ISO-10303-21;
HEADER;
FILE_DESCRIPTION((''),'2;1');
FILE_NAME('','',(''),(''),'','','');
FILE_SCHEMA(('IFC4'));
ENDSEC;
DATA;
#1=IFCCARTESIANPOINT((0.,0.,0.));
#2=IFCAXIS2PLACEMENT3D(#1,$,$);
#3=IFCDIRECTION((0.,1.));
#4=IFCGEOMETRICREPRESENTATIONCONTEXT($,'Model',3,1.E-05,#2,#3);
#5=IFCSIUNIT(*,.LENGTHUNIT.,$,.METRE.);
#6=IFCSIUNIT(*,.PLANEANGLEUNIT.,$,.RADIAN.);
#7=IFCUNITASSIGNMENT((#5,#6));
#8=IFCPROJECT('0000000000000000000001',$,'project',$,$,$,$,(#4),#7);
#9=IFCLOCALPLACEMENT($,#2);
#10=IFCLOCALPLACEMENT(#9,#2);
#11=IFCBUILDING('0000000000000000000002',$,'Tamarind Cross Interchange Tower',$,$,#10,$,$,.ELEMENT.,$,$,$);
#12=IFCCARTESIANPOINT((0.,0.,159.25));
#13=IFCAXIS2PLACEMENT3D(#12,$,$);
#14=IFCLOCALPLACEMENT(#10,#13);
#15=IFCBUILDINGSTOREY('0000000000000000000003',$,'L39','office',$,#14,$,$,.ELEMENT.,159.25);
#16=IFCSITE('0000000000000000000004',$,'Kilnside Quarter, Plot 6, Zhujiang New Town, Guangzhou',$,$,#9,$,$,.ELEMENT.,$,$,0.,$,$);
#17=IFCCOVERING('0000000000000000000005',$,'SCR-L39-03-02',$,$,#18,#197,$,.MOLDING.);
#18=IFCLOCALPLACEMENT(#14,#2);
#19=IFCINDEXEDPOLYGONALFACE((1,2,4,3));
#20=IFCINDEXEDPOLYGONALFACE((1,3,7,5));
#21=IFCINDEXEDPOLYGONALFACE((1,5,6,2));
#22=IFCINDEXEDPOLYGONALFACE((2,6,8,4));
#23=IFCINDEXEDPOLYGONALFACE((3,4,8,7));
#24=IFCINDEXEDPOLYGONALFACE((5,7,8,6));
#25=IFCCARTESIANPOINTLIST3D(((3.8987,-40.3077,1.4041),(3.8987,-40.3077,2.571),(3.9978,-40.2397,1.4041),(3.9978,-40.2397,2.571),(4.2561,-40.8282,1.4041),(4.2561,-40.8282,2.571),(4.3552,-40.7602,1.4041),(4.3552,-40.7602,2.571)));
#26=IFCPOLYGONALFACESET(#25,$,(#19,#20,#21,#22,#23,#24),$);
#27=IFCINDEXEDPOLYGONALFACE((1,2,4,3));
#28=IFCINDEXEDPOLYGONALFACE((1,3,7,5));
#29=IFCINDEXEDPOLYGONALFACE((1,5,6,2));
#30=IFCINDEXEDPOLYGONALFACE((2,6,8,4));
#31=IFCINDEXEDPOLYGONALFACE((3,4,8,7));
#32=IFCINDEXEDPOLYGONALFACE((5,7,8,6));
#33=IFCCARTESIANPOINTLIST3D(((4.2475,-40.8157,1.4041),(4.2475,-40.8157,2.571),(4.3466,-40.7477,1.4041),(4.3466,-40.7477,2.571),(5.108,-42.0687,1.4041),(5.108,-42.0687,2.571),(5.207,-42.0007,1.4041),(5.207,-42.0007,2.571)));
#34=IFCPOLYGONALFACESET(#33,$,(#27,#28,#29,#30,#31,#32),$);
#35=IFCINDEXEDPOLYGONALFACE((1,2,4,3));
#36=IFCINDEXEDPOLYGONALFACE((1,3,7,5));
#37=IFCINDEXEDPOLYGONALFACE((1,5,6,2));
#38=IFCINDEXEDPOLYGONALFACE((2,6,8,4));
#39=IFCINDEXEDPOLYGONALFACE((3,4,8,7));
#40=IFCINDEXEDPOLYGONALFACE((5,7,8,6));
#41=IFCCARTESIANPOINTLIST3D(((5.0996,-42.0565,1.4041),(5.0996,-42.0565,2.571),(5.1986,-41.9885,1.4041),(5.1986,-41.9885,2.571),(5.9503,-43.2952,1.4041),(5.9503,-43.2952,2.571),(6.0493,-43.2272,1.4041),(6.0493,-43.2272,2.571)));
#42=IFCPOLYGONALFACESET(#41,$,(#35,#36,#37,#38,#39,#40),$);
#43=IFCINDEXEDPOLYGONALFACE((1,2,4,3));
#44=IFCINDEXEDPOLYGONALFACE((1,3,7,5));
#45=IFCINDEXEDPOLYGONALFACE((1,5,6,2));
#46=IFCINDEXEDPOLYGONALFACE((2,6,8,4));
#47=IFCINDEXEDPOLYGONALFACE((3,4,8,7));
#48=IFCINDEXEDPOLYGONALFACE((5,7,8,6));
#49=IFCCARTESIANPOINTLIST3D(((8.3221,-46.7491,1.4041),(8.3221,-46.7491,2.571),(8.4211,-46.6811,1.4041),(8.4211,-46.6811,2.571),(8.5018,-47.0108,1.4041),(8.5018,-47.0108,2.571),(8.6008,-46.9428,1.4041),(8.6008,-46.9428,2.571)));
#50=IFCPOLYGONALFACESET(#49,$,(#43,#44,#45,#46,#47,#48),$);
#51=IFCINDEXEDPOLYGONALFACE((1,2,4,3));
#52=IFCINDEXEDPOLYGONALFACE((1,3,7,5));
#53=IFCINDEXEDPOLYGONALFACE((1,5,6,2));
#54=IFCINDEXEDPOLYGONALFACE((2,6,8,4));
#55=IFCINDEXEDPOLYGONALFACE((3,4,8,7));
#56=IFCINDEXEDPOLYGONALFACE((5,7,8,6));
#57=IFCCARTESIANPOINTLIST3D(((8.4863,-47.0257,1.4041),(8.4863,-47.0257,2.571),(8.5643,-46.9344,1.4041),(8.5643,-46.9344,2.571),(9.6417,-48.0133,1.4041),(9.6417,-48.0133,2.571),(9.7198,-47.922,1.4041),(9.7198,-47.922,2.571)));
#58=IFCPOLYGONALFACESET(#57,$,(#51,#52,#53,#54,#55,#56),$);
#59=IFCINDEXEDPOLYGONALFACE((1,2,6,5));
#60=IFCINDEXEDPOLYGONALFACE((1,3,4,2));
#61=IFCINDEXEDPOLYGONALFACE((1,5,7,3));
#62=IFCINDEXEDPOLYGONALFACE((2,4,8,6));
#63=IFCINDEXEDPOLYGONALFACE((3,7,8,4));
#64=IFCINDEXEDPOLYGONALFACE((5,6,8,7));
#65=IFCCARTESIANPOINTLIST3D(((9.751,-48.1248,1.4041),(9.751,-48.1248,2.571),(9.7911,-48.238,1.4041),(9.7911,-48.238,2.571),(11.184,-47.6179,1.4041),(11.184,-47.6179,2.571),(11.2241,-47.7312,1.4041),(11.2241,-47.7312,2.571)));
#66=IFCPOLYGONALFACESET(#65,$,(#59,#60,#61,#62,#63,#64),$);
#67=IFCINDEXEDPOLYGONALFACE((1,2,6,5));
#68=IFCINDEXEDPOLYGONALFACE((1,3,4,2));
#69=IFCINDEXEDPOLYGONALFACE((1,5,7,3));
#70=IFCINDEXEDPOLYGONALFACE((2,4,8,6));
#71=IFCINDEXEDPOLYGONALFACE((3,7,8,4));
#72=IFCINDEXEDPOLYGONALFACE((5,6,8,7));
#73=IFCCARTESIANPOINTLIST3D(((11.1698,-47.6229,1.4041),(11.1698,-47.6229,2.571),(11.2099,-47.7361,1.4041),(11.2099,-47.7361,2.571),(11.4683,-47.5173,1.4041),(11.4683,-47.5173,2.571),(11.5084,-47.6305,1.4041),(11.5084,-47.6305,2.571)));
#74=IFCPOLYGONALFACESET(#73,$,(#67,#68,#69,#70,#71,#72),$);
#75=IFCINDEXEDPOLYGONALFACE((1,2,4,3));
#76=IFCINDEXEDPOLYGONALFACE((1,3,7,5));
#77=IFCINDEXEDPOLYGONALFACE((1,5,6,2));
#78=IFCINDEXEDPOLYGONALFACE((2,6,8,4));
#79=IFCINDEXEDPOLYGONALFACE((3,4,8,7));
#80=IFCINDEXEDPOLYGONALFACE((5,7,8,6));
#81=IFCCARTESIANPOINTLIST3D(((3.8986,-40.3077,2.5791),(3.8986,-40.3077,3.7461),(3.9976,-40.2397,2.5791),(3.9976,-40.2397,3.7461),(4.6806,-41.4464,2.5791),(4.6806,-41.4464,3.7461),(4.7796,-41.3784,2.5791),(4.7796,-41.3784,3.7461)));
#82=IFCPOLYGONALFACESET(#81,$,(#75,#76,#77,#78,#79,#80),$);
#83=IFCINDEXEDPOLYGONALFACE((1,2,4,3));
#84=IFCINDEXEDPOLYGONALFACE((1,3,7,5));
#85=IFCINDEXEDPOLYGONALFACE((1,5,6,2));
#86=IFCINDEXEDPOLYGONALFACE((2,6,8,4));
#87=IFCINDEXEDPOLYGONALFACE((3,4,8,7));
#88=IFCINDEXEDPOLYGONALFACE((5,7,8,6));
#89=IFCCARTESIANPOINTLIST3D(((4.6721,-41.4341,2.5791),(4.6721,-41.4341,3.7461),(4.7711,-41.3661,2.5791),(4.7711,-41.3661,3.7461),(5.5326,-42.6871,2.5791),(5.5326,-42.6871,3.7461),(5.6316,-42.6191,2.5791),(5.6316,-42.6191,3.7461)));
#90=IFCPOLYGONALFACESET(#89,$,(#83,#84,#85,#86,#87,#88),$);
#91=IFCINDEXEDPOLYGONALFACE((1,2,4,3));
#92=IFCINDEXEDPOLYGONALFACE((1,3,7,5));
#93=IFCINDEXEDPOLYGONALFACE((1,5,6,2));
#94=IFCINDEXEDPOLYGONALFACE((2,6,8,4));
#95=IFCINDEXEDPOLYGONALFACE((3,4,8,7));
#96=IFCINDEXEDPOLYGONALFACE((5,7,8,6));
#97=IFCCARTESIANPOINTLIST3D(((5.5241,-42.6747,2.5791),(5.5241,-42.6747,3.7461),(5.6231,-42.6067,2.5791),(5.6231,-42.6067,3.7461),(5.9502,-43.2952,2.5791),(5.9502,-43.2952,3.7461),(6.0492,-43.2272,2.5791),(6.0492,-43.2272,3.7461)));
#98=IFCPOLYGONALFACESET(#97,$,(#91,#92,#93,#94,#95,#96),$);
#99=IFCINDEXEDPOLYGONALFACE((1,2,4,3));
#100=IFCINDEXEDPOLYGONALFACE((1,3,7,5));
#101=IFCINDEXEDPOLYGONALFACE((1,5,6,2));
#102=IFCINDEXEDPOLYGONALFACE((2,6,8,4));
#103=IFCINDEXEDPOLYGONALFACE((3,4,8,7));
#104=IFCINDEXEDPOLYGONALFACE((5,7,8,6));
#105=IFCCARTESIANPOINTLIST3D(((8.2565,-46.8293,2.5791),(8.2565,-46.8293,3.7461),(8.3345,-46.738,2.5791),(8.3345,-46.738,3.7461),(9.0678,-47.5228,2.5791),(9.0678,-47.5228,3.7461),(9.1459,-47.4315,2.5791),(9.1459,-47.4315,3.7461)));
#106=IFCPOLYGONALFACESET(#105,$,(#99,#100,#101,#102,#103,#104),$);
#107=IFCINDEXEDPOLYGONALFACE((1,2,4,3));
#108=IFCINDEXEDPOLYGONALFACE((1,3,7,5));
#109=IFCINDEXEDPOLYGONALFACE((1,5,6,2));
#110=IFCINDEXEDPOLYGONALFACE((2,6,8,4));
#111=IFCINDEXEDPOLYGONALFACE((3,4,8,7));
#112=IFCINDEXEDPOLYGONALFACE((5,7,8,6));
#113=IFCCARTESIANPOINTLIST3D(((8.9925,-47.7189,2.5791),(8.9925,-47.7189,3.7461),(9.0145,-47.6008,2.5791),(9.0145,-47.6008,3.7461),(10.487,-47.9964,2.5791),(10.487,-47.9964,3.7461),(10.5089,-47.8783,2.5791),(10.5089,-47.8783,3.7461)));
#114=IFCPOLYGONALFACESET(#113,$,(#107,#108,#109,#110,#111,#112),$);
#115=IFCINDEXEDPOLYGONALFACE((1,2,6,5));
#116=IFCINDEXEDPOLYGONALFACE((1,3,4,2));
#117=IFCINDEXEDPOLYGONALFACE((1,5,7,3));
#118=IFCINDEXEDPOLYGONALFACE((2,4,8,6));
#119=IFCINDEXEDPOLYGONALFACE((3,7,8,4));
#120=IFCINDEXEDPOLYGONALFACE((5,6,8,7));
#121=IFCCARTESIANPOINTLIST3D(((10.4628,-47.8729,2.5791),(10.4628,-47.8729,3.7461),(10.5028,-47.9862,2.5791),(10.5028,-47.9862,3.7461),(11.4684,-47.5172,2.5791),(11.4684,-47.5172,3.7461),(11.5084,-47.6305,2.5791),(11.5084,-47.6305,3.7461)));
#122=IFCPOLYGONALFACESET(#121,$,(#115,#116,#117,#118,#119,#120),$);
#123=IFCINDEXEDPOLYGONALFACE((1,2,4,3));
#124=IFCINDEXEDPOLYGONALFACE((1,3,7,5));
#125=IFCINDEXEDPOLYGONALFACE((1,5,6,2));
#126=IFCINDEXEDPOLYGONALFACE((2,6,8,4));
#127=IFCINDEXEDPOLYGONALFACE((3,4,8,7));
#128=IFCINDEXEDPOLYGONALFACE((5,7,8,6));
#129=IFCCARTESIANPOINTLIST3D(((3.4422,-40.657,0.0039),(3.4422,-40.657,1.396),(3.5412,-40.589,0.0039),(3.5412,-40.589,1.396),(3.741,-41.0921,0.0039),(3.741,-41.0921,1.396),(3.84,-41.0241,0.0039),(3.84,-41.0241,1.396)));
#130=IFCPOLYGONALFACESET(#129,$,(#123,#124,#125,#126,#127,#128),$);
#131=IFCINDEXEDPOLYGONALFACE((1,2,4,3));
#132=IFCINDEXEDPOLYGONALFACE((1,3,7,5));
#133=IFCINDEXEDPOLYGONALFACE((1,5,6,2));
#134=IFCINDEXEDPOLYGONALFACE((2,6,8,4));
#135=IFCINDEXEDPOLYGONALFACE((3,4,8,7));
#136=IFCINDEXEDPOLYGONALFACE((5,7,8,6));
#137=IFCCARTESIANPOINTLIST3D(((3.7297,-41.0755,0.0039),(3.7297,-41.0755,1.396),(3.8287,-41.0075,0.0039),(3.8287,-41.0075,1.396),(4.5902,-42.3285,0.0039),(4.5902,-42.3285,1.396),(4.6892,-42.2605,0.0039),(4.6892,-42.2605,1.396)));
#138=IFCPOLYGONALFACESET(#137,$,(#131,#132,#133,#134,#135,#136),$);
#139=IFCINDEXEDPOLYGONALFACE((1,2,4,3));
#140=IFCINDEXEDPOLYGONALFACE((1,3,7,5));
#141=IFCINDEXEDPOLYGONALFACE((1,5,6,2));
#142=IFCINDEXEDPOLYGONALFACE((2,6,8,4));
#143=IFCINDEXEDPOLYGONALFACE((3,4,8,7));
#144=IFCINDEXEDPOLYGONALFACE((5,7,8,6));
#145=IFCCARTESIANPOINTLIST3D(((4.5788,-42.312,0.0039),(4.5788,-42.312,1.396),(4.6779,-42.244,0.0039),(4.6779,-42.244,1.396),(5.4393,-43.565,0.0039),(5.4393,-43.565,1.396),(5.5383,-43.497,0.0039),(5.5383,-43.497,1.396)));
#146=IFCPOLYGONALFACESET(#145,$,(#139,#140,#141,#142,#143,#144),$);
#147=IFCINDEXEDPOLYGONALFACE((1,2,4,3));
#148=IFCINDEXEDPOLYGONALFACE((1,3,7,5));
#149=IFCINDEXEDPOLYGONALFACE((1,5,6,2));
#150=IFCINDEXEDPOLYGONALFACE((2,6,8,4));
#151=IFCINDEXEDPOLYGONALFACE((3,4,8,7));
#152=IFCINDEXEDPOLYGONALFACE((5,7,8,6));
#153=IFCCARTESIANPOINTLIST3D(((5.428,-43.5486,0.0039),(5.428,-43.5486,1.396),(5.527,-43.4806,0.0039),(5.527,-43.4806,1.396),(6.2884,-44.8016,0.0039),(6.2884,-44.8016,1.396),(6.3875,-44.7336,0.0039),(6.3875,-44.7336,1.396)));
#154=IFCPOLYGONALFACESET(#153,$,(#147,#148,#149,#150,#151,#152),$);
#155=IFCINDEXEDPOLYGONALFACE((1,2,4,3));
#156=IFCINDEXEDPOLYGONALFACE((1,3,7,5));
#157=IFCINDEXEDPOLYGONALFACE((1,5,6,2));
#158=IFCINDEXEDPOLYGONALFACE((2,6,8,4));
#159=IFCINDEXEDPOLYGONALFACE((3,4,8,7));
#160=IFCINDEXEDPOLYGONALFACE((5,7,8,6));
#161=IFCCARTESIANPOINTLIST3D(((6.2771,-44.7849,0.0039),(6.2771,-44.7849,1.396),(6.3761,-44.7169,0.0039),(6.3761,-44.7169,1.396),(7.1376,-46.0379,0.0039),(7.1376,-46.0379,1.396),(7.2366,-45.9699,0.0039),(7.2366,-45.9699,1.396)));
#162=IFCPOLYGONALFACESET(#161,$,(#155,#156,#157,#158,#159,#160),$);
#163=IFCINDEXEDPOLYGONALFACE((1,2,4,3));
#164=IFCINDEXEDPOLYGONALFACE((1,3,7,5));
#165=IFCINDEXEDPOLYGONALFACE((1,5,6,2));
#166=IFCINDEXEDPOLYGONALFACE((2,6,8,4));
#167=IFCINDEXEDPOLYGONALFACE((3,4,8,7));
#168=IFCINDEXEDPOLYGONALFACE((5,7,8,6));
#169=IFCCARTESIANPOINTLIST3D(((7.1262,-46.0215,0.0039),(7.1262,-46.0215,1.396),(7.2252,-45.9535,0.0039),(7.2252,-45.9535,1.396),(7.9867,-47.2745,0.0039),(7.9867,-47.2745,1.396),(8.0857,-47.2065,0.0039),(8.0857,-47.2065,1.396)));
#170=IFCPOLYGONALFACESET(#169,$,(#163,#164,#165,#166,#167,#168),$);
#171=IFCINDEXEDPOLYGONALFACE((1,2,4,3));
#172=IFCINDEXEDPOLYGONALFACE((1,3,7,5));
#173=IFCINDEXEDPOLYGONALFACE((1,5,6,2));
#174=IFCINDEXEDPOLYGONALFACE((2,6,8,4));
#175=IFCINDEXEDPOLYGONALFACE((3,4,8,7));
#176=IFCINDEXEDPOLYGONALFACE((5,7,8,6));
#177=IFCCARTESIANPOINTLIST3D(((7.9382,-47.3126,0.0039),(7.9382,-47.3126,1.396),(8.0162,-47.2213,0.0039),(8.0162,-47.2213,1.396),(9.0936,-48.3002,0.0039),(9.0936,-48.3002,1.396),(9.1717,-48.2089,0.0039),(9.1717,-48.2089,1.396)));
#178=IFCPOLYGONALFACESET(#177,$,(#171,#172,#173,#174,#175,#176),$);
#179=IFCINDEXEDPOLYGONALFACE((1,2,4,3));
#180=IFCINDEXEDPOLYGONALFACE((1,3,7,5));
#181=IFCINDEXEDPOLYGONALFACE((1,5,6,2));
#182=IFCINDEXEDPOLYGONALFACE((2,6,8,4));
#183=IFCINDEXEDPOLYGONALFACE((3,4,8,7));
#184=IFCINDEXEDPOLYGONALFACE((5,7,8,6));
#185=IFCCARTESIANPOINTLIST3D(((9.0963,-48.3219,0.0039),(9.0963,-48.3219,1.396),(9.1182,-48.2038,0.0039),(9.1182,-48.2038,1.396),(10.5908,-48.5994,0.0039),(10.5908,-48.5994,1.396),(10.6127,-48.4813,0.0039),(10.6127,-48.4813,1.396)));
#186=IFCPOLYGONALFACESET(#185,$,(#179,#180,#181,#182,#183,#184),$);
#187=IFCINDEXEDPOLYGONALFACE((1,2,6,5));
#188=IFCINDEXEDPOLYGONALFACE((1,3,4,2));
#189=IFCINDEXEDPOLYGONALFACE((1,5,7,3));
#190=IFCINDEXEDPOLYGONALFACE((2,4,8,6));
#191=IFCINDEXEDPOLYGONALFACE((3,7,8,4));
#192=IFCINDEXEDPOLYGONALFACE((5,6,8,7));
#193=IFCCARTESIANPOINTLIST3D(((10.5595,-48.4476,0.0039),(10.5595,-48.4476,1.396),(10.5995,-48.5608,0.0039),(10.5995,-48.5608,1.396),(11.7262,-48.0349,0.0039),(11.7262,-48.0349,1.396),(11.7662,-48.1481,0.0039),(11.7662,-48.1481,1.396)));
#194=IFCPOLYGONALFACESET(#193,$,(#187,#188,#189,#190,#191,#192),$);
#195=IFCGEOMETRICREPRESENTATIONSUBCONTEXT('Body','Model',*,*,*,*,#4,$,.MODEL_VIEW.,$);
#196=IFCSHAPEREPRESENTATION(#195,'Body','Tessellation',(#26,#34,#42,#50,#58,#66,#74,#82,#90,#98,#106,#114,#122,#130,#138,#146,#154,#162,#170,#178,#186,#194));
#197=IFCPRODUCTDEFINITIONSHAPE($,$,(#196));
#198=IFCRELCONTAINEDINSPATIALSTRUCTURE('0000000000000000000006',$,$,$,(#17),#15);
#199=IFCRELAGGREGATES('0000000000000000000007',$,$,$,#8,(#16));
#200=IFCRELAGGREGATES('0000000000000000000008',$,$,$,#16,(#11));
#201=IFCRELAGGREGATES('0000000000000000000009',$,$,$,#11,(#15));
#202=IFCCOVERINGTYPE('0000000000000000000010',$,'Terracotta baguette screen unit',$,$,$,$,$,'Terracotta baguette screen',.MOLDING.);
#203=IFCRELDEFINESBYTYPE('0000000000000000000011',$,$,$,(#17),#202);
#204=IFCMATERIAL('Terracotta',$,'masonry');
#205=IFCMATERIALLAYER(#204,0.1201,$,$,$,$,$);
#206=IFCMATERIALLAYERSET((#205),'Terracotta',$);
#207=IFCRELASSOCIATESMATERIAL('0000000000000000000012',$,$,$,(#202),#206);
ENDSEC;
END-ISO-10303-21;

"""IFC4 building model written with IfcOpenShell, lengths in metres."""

from ifc_helpers import new_model, si_unit, direction, frame, origin, origin_2d, place, context, subcontext, project, spatial, rectangle, extrude, material, layer, layer_set, type_object, element, save


model = new_model("IFC4")

# Units and contexts
model_context = context("Model", 3, precision=1e-05, world=origin(), true_north=direction((0.0, 1.0)))
body_context = subcontext(model_context, "Body", "Model", "MODEL_VIEW")
ifc_project = project(units=[si_unit("LENGTHUNIT", "METRE"), si_unit("PLANEANGLEUNIT", "RADIAN")], contexts=[model_context])

# Site, building, storey
site_placement = place(None, origin())
site = spatial("IfcSite", under=ifc_project, at=site_placement, Name="Kilnside Quarter, Plot 6, Zhujiang New Town, Guangzhou", CompositionType="ELEMENT", RefElevation=0.0)
building_placement = place(site_placement, origin())
building = spatial("IfcBuilding", under=site, at=building_placement, Name="Tamarind Cross Interchange Tower", CompositionType="ELEMENT")
storey_placement = place(building_placement, frame((0.0, 0.0, 159.25)))
storey = spatial("IfcBuildingStorey", under=building, at=storey_placement, Name="L39", Description="office", CompositionType="ELEMENT", Elevation=159.25)

# Covering
ifc_material_1 = material(Name="Terracotta", Category="masonry")
ifc_layer_1 = layer(ifc_material_1, 0.1201)
ifc_layer_set_1 = layer_set([ifc_layer_1], Name="Terracotta")
covering_type = type_object("IfcCoveringType", Name="Terracotta baguette screen unit", ElementType="Terracotta baguette screen", PredefinedType="MOLDING", material=ifc_layer_set_1)
covering_1_placement = place(storey_placement, origin())
element("IfcCovering", 1, at=covering_1_placement, inside=storey, type_object=covering_type, Name="SCR-L39-03-02", PredefinedType="MOLDING", context=body_context, shape_type="SweptSolid", body=[
    extrude(rectangle(XDim=0.6313, YDim=0.1201, at=origin_2d()), frame((4.127, -40.5339, 1.4041), z_axis=(0.0, 0.0, 1.0), x_axis=(0.566096, -0.82434, 0.0)), (0.0, 0.0, 1.0), 1.167),
    extrude(rectangle(XDim=1.52, YDim=0.1201, at=origin_2d()), frame((4.7273, -41.4082, 1.4041), z_axis=(0.0, 0.0, 1.0), x_axis=(0.566096, -0.82434, 0.0)), (0.0, 0.0, 1.0), 1.167),
    extrude(rectangle(XDim=1.5027, YDim=0.1201, at=origin_2d()), frame((5.5745, -42.6418, 1.4041), z_axis=(0.0, 0.0, 1.0), x_axis=(0.566096, -0.82434, 0.0)), (0.0, 0.0, 1.0), 1.167),
    extrude(rectangle(XDim=0.3174, YDim=0.1201, at=origin_2d()), frame((8.4614, -46.8459, 1.4041), z_axis=(0.0, 0.0, 1.0), x_axis=(0.566096, -0.82434, 0.0)), (0.0, 0.0, 1.0), 1.167),
    extrude(rectangle(XDim=1.52, YDim=0.1201, at=origin_2d()), frame((9.103, -47.4739, 1.4041), z_axis=(0.0, 0.0, 1.0), x_axis=(0.760161, -0.649735, 0.0)), (0.0, 0.0, 1.0), 1.167),
    extrude(rectangle(XDim=1.52, YDim=0.1201, at=origin_2d()), frame((10.4875, -47.928, 1.4041), z_axis=(0.0, 0.0, 1.0), x_axis=(0.942767, 0.333451, 0.0)), (0.0, 0.0, 1.0), 1.167),
    extrude(rectangle(XDim=0.3167, YDim=0.1201, at=origin_2d()), frame((11.3391, -47.6267, 1.4041), z_axis=(0.0, 0.0, 1.0), x_axis=(0.942767, 0.333451, 0.0)), (0.0, 0.0, 1.0), 1.167),
    extrude(rectangle(XDim=1.3813, YDim=0.1201, at=origin_2d()), frame((4.3391, -40.843, 2.5791), z_axis=(0.0, 0.0, 1.0), x_axis=(0.566096, -0.82434, 0.0)), (0.0, 0.0, 1.0), 1.167),
    extrude(rectangle(XDim=1.52, YDim=0.1201, at=origin_2d()), frame((5.1519, -42.0266, 2.5791), z_axis=(0.0, 0.0, 1.0), x_axis=(0.566096, -0.82434, 0.0)), (0.0, 0.0, 1.0), 1.167),
    extrude(rectangle(XDim=0.7527, YDim=0.1201, at=origin_2d()), frame((5.7866, -42.9509, 2.5791), z_axis=(0.0, 0.0, 1.0), x_axis=(0.566096, -0.82434, 0.0)), (0.0, 0.0, 1.0), 1.167),
    extrude(rectangle(XDim=1.0674, YDim=0.1201, at=origin_2d()), frame((8.7012, -47.1304, 2.5791), z_axis=(0.0, 0.0, 1.0), x_axis=(0.760161, -0.649735, 0.0)), (0.0, 0.0, 1.0), 1.167),
    extrude(rectangle(XDim=1.52, YDim=0.1201, at=origin_2d()), frame((9.7507, -47.7986, 2.5791), z_axis=(0.0, 0.0, 1.0), x_axis=(0.983186, -0.182606, 0.0)), (0.0, 0.0, 1.0), 1.167),
    extrude(rectangle(XDim=1.0667, YDim=0.1201, at=origin_2d()), frame((10.9856, -47.7517, 2.5791), z_axis=(0.0, 0.0, 1.0), x_axis=(0.942767, 0.333451, 0.0)), (0.0, 0.0, 1.0), 1.167),
    extrude(rectangle(XDim=0.5278, YDim=0.1201, at=origin_2d()), frame((3.6411, -40.8406, 0.0039), z_axis=(0.0, 0.0, 1.0), x_axis=(0.566096, -0.82434, 0.0)), (0.0, 0.0, 1.0), 1.3921),
    extrude(rectangle(XDim=1.52, YDim=0.1201, at=origin_2d()), frame((4.2095, -41.668, 0.0039), z_axis=(0.0, 0.0, 1.0), x_axis=(0.566096, -0.82434, 0.0)), (0.0, 0.0, 1.0), 1.3921),
    extrude(rectangle(XDim=1.52, YDim=0.1201, at=origin_2d()), frame((5.0586, -42.9045, 0.0039), z_axis=(0.0, 0.0, 1.0), x_axis=(0.566096, -0.82434, 0.0)), (0.0, 0.0, 1.0), 1.3921),
    extrude(rectangle(XDim=1.52, YDim=0.1201, at=origin_2d()), frame((5.9077, -44.1411, 0.0039), z_axis=(0.0, 0.0, 1.0), x_axis=(0.566096, -0.82434, 0.0)), (0.0, 0.0, 1.0), 1.3921),
    extrude(rectangle(XDim=1.52, YDim=0.1201, at=origin_2d()), frame((6.7568, -45.3774, 0.0039), z_axis=(0.0, 0.0, 1.0), x_axis=(0.566096, -0.82434, 0.0)), (0.0, 0.0, 1.0), 1.3921),
    extrude(rectangle(XDim=1.52, YDim=0.1201, at=origin_2d()), frame((7.606, -46.614, 0.0039), z_axis=(0.0, 0.0, 1.0), x_axis=(0.566096, -0.82434, 0.0)), (0.0, 0.0, 1.0), 1.3921),
    extrude(rectangle(XDim=1.52, YDim=0.1201, at=origin_2d()), frame((8.5549, -47.7607, 0.0039), z_axis=(0.0, 0.0, 1.0), x_axis=(0.760161, -0.649735, 0.0)), (0.0, 0.0, 1.0), 1.3921),
    extrude(rectangle(XDim=1.52, YDim=0.1201, at=origin_2d()), frame((9.8545, -48.4016, 0.0039), z_axis=(0.0, 0.0, 1.0), x_axis=(0.983186, -0.182606, 0.0)), (0.0, 0.0, 1.0), 1.3921),
    extrude(rectangle(XDim=1.2375, YDim=0.1201, at=origin_2d()), frame((11.1628, -48.2979, 0.0039), z_axis=(0.0, 0.0, 1.0), x_axis=(0.942767, 0.333451, 0.0)), (0.0, 0.0, 1.0), 1.3921),
])

save(model, "model.ifc")
